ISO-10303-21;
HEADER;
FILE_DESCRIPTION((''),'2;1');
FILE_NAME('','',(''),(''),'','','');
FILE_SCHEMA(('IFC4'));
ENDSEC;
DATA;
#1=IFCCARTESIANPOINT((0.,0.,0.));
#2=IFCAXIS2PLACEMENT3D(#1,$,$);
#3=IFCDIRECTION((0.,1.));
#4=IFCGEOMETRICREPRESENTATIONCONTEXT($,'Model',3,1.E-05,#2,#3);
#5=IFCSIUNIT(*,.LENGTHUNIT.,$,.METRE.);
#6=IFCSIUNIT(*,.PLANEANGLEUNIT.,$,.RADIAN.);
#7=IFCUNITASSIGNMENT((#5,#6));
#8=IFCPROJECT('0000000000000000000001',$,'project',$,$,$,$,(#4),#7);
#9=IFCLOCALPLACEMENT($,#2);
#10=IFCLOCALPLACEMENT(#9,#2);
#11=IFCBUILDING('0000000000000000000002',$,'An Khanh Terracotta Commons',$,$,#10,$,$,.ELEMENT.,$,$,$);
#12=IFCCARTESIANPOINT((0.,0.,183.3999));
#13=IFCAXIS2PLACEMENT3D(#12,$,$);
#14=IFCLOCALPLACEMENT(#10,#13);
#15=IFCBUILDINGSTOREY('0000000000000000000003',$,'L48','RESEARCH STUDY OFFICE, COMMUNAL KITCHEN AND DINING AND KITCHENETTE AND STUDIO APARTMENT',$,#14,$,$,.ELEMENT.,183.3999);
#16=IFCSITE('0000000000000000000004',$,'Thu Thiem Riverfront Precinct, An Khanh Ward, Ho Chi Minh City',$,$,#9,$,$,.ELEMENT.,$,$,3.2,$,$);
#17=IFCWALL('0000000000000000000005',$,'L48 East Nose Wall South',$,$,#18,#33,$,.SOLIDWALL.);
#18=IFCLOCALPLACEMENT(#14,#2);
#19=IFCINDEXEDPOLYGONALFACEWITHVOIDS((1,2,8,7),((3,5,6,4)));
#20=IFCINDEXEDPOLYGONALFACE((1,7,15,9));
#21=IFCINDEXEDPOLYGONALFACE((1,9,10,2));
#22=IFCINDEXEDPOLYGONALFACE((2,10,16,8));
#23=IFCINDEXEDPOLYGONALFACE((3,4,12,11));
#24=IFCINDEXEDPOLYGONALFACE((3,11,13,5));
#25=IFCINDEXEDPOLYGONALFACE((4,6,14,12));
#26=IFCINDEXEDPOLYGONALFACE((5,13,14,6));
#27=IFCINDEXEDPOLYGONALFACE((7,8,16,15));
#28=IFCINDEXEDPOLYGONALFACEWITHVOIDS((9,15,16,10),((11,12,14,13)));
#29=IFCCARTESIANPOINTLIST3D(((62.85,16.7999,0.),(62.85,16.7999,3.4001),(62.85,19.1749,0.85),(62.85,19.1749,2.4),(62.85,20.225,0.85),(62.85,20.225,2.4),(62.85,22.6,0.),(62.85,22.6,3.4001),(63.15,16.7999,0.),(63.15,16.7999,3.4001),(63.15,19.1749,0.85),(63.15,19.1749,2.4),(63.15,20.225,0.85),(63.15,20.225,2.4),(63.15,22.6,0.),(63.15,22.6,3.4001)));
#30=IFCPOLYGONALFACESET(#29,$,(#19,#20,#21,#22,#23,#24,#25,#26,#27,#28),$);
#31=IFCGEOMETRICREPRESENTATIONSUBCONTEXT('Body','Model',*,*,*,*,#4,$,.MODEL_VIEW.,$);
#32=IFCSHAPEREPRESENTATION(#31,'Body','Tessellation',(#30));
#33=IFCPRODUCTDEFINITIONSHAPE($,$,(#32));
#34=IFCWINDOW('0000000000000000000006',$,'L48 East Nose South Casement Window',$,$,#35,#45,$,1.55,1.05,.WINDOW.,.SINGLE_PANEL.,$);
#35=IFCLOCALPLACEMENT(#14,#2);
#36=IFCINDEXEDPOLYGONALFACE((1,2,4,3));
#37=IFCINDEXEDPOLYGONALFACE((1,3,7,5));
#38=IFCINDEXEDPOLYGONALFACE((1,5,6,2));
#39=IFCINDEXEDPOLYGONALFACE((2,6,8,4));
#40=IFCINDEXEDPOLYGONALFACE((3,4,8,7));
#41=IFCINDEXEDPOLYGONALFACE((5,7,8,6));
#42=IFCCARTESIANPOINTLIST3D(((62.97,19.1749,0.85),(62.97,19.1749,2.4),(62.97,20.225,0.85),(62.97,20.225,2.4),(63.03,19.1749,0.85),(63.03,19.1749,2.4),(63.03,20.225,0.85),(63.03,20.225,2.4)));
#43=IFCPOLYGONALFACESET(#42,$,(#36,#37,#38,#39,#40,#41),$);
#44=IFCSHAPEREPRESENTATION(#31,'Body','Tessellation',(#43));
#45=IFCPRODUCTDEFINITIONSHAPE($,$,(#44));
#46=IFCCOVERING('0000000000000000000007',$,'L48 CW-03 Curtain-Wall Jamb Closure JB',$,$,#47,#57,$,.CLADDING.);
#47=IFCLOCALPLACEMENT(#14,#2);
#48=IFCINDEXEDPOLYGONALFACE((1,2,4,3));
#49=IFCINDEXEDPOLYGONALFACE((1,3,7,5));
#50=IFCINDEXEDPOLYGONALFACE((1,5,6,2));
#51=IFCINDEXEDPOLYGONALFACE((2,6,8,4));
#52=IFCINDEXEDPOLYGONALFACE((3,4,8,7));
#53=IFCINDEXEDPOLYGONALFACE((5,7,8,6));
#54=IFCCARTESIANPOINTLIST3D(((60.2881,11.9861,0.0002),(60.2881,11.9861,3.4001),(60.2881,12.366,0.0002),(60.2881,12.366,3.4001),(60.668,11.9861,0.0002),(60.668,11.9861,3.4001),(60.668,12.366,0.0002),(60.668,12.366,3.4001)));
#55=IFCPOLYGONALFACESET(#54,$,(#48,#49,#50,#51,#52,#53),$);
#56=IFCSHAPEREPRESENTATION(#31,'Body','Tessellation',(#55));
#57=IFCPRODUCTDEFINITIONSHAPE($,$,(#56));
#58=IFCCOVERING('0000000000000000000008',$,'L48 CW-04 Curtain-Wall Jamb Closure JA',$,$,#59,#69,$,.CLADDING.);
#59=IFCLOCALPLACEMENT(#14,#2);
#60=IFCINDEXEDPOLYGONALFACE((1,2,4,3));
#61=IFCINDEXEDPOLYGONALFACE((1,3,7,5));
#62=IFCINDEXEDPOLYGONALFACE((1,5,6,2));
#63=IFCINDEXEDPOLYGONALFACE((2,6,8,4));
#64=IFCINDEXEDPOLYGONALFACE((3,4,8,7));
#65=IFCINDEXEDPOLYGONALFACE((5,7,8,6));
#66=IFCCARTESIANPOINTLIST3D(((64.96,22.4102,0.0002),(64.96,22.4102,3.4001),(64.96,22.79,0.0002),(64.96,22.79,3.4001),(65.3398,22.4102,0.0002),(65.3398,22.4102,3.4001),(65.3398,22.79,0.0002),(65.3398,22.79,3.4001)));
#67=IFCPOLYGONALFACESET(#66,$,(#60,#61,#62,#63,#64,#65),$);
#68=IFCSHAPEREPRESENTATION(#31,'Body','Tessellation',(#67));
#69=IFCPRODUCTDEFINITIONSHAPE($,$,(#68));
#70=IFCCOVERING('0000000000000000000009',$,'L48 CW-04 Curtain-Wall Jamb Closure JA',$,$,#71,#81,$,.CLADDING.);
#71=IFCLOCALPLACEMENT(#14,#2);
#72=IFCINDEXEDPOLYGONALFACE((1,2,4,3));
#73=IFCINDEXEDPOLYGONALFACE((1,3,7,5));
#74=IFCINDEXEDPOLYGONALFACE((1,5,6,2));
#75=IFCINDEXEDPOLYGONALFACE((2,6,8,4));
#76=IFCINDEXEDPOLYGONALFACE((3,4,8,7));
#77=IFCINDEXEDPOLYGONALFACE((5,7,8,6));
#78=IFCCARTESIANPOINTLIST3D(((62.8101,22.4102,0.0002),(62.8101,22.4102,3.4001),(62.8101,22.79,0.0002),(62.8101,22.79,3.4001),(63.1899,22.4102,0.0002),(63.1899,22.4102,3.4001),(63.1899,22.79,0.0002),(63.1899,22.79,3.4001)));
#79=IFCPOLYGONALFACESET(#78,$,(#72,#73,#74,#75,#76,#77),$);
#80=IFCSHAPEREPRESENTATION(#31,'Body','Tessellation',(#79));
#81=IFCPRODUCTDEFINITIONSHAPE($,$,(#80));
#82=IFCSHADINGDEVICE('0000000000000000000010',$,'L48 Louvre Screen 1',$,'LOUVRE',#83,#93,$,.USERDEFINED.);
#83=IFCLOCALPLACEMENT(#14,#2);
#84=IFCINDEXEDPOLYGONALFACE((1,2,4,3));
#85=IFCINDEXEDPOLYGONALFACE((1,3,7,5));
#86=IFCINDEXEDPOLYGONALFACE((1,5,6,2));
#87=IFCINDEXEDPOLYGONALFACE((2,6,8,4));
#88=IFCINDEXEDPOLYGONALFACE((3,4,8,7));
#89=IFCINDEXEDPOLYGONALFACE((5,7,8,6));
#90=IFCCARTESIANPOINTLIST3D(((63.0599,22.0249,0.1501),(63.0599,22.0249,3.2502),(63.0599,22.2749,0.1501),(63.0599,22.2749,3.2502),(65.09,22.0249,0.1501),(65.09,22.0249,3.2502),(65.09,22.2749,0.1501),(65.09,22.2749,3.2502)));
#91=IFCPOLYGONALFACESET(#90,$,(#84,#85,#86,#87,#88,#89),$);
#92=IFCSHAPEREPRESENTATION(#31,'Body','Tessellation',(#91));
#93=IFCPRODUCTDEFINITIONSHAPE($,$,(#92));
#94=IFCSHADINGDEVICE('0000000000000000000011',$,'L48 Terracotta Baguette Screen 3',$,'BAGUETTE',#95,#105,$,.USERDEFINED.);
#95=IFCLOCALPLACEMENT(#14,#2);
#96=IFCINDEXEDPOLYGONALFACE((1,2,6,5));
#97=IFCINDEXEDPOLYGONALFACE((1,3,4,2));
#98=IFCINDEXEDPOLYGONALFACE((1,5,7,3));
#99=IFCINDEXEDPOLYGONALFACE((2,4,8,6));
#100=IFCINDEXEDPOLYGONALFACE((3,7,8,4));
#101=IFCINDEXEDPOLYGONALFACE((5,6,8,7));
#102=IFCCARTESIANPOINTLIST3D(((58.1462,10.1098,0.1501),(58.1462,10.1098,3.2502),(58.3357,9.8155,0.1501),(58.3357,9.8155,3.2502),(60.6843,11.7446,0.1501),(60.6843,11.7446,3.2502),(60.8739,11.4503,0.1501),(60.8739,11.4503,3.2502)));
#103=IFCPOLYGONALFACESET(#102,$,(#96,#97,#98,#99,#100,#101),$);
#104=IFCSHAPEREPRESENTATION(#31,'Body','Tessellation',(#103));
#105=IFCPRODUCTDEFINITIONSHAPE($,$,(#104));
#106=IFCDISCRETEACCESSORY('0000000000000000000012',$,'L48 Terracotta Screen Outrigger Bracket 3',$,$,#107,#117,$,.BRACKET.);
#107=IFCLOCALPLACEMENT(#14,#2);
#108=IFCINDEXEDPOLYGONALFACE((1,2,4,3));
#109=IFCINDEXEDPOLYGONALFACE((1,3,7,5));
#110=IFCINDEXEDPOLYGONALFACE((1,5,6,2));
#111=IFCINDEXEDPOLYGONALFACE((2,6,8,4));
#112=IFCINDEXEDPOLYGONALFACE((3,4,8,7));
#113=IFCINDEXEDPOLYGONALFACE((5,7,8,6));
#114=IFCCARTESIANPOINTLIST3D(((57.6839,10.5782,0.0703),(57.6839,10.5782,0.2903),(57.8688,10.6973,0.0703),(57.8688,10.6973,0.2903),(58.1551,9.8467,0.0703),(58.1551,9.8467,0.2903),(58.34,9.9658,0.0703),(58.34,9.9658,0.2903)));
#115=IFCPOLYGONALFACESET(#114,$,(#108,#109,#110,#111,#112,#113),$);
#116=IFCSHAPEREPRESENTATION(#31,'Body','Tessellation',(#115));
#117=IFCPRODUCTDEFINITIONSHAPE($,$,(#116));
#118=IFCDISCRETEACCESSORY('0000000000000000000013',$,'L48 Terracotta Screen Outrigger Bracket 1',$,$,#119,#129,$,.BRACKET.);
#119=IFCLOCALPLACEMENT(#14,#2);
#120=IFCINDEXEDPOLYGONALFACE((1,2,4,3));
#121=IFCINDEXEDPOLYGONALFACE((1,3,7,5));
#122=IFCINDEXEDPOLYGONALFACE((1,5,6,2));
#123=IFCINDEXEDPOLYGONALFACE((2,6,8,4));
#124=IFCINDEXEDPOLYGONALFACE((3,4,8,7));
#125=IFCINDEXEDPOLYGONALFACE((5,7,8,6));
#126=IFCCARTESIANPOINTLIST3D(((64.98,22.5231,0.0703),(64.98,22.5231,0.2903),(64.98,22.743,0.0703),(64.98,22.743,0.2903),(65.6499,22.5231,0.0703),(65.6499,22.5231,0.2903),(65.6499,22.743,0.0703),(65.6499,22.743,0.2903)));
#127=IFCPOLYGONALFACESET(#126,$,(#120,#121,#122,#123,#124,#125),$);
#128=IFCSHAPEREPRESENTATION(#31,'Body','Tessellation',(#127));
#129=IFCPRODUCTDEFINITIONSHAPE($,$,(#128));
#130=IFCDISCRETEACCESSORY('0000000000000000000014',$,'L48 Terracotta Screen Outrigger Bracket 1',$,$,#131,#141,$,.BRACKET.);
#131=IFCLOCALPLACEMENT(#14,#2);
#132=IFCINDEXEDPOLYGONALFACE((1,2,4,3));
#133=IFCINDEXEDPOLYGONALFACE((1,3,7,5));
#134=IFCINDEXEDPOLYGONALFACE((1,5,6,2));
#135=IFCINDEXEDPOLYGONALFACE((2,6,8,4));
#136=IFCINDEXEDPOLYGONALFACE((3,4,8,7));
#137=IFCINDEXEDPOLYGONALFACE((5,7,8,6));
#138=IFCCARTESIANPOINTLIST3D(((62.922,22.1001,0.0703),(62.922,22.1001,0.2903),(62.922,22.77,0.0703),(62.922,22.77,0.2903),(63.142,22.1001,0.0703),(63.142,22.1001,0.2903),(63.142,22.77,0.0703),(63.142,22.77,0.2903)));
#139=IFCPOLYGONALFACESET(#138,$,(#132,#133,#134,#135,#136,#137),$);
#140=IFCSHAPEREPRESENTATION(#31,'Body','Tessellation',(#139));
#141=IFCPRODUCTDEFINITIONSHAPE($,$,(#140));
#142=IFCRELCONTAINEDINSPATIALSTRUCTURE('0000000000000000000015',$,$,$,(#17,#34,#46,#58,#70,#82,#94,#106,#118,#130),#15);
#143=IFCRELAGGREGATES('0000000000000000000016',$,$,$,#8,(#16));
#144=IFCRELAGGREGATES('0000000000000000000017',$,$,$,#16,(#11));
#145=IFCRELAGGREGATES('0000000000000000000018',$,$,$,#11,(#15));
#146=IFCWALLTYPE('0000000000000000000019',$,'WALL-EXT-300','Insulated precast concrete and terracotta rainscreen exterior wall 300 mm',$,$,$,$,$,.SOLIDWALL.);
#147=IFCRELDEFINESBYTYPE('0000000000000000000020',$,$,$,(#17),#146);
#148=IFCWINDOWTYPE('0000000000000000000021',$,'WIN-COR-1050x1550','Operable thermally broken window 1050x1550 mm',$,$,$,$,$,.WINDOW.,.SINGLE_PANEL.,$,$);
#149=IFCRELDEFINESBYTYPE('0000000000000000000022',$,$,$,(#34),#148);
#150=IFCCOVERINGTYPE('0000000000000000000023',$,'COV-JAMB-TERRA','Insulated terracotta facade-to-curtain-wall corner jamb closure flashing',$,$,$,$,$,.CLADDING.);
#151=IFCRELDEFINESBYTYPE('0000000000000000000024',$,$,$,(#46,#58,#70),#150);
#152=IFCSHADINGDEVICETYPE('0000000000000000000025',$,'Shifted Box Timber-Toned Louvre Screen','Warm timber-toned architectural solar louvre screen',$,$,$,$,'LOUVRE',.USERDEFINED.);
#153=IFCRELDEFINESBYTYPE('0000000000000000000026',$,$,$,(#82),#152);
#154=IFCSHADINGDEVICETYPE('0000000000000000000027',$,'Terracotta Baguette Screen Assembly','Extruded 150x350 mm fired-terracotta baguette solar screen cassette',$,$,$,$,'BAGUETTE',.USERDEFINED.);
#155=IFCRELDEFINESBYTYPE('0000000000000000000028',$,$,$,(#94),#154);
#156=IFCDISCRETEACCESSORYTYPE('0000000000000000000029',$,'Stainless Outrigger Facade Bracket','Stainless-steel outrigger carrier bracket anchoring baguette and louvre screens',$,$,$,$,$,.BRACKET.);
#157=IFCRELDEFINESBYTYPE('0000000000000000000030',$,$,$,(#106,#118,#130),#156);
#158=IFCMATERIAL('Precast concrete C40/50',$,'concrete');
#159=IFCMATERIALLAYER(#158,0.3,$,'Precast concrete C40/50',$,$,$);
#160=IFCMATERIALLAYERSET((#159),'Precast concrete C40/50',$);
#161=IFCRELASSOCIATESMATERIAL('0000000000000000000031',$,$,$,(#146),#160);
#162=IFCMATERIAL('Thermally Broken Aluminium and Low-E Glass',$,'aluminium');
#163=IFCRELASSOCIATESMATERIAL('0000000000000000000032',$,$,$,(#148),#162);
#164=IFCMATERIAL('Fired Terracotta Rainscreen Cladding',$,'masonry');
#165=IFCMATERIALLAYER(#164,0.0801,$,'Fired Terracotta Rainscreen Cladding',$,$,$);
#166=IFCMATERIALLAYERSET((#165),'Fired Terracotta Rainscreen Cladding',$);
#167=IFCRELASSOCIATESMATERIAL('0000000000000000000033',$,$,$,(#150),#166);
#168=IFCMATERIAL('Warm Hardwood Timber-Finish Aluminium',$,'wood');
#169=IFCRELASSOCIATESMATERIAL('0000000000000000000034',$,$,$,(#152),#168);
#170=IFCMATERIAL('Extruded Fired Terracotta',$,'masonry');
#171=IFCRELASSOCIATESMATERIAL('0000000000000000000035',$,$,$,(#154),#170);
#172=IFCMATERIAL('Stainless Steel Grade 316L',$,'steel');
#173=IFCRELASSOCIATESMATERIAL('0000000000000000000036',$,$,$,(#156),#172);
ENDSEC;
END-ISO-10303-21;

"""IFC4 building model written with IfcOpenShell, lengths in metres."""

from ifc_helpers import new_model, si_unit, direction, frame, frame_2d, origin, origin_2d, place, context, subcontext, project, spatial, rectangle, extrude, material, layer, layer_set, type_object, element, fill, save


model = new_model("IFC4")

# Units and contexts
model_context = context("Model", 3, precision=1e-05, world=origin(), true_north=direction((0.0, 1.0)))
body_context = subcontext(model_context, "Body", "Model", "MODEL_VIEW")
ifc_project = project(units=[si_unit("LENGTHUNIT", "METRE"), si_unit("PLANEANGLEUNIT", "RADIAN")], contexts=[model_context])

# Site, building, storey
site_placement = place(None, origin())
site = spatial("IfcSite", under=ifc_project, at=site_placement, Name="Thu Thiem Riverfront Precinct, An Khanh Ward, Ho Chi Minh City", CompositionType="ELEMENT", RefElevation=3.2)
building_placement = place(site_placement, origin())
building = spatial("IfcBuilding", under=site, at=building_placement, Name="An Khanh Terracotta Commons", CompositionType="ELEMENT")
storey_placement = place(building_placement, frame((0.0, 0.0, 183.3999)))
storey = spatial("IfcBuildingStorey", under=building, at=storey_placement, Name="L48", Description="RESEARCH STUDY OFFICE, COMMUNAL KITCHEN AND DINING AND KITCHENETTE AND STUDIO APARTMENT", CompositionType="ELEMENT", Elevation=183.3999)

# Shared definitions
ifc_material_1 = material(Name="Precast concrete C40/50", Category="concrete")
ifc_layer_1 = layer(ifc_material_1, 0.3, Name="Precast concrete C40/50")
ifc_layer_set_1 = layer_set([ifc_layer_1], Name="Precast concrete C40/50")
wall_type_1 = type_object("IfcWallType", Name="WALL-EXT-300", Description="Insulated precast concrete and terracotta rainscreen exterior wall 300 mm", PredefinedType="SOLIDWALL", material=ifc_layer_set_1)

# Wall, opening, window
wall_1_placement = place(storey_placement, frame((63.0, 16.8, 0.0), z_axis=(0.0, 0.0, 1.0), x_axis=(0.0, 1.0, 0.0)))
wall_1 = element("IfcWall", 1, at=wall_1_placement, inside=storey, type_object=wall_type_1, Name="L48 East Nose Wall South", PredefinedType="SOLIDWALL", context=body_context, shape_type="SweptSolid", body=[
    extrude(rectangle(XDim=5.8, YDim=0.3, at=frame_2d((2.8999, 0.0))), origin(), (0.0, 0.0, 1.0), 3.4001),
])
opening_1_placement = place(wall_1_placement, frame((2.375, 0.0, 0.8501)))
opening_1 = element("IfcOpeningElement", 2, at=opening_1_placement, cuts=wall_1, PredefinedType="OPENING", context=body_context, shape_type="SweptSolid", body=[
    extrude(rectangle(XDim=1.05, YDim=1.55, at=frame_2d((0.5249, 0.7749))), frame((0.0, 0.1599, 0.0), z_axis=(0.0, -1.0, 0.0), x_axis=(1.0, 0.0, 0.0)), (0.0, 0.0, 1.0), 0.3201),
])
ifc_material_2 = material(Name="Thermally Broken Aluminium and Low-E Glass", Category="aluminium")
window_type = type_object("IfcWindowType", Name="WIN-COR-1050x1550", Description="Operable thermally broken window 1050x1550 mm", PartitioningType="SINGLE_PANEL", PredefinedType="WINDOW", material=ifc_material_2)
window_placement = place(opening_1_placement, origin())
window = element("IfcWindow", 3, at=window_placement, inside=storey, type_object=window_type, Name="L48 East Nose South Casement Window", OverallHeight=1.55, OverallWidth=1.05, PartitioningType="SINGLE_PANEL", PredefinedType="WINDOW", context=body_context, shape_type="SweptSolid", body=[
    extrude(rectangle(XDim=1.05, YDim=1.55, at=frame_2d((0.5249, 0.7749))), frame((0.0, 0.03, 0.0), z_axis=(0.0, -1.0, 0.0), x_axis=(1.0, 0.0, 0.0)), (0.0, 0.0, 1.0), 0.0601),
])
fill(opening_1, window)

# Coverings
ifc_material_3 = material(Name="Fired Terracotta Rainscreen Cladding", Category="masonry")
ifc_layer_2 = layer(ifc_material_3, 0.0801, Name="Fired Terracotta Rainscreen Cladding")
ifc_layer_set_2 = layer_set([ifc_layer_2], Name="Fired Terracotta Rainscreen Cladding")
covering_type = type_object("IfcCoveringType", Name="COV-JAMB-TERRA", Description="Insulated terracotta facade-to-curtain-wall corner jamb closure flashing", PredefinedType="CLADDING", material=ifc_layer_set_2)
for number, where, z_axis, x_axis, name in (
    (4, (60.478, 12.176, 0.0002), (0.0, 0.0, 1.0), (1.0, 0.0, 0.0), "L48 CW-03 Curtain-Wall Jamb Closure JB"),
    (5, (65.1499, 22.6001, 0.0002), (0.0, 0.0, 1.0), (1.0, 0.0, 0.0), "L48 CW-04 Curtain-Wall Jamb Closure JA"),
    (6, (63.0, 22.6001, 0.0002), (0.0, 0.0, 1.0), (1.0, 0.0, 0.0), "L48 CW-04 Curtain-Wall Jamb Closure JA"),
):
    element("IfcCovering", number, at=place(storey_placement, frame(where, z_axis=z_axis, x_axis=x_axis)), inside=storey, type_object=covering_type, Name=name, PredefinedType="CLADDING", context=body_context, shape_type="SweptSolid", body=[
        extrude(rectangle(XDim=0.3799, YDim=0.3799, at=origin_2d()), origin(), (0.0, 0.0, 1.0), 3.3999),
    ])

# Shading devices
ifc_material_4 = material(Name="Warm Hardwood Timber-Finish Aluminium", Category="wood")
shading_device_type_1 = type_object("IfcShadingDeviceType", Name="Shifted Box Timber-Toned Louvre Screen", Description="Warm timber-toned architectural solar louvre screen", ElementType="LOUVRE", PredefinedType="USERDEFINED", material=ifc_material_4)
shading_device_1_placement = place(storey_placement, frame((64.075, 22.1499, 0.1501), z_axis=(0.0, 0.0, 1.0), x_axis=(1.0, 0.0, 0.0)))
element("IfcShadingDevice", 7, at=shading_device_1_placement, inside=storey, type_object=shading_device_type_1, Name="L48 Louvre Screen 1", ObjectType="LOUVRE", PredefinedType="USERDEFINED", context=body_context, shape_type="SweptSolid", body=[
    extrude(rectangle(XDim=2.03, YDim=0.25, at=origin_2d()), origin(), (0.0, 0.0, 1.0), 3.1001),
])
ifc_material_5 = material(Name="Extruded Fired Terracotta", Category="masonry")
shading_device_type_2 = type_object("IfcShadingDeviceType", Name="Terracotta Baguette Screen Assembly", Description="Extruded 150x350 mm fired-terracotta baguette solar screen cassette", ElementType="BAGUETTE", PredefinedType="USERDEFINED", material=ifc_material_5)
shading_device_2_placement = place(storey_placement, frame((59.51, 10.78, 0.1501), z_axis=(0.0, 0.0, 1.0), x_axis=(0.840702, 0.541498, 0.0)))
element("IfcShadingDevice", 8, at=shading_device_2_placement, inside=storey, type_object=shading_device_type_2, Name="L48 Terracotta Baguette Screen 3", ObjectType="BAGUETTE", PredefinedType="USERDEFINED", context=body_context, shape_type="SweptSolid", body=[
    extrude(rectangle(XDim=3.019, YDim=0.3501, at=origin_2d()), origin(), (0.0, 0.0, 1.0), 3.1001),
])

# Discrete accessories
ifc_material_6 = material(Name="Stainless Steel Grade 316L", Category="steel")
discrete_accessory_type = type_object("IfcDiscreteAccessoryType", Name="Stainless Outrigger Facade Bracket", Description="Stainless-steel outrigger carrier bracket anchoring baguette and louvre screens", PredefinedType="BRACKET", material=ifc_material_6)
discrete_accessory_placement = place(storey_placement, frame((58.012, 10.272, 0.0703), z_axis=(0.0, 0.0, 1.0), x_axis=(0.840702, 0.541498, 0.0)))
element("IfcDiscreteAccessory", 9, at=discrete_accessory_placement, inside=storey, type_object=discrete_accessory_type, Name="L48 Terracotta Screen Outrigger Bracket 3", PredefinedType="BRACKET", context=body_context, shape_type="SweptSolid", body=[
    extrude(rectangle(XDim=0.22, YDim=0.8701, at=origin_2d()), origin(), (0.0, 0.0, 1.0), 0.22),
])
for number, where, z_axis, x_axis, name in (
    (10, (65.3149, 22.6331, 0.0703), (0.0, 0.0, 1.0), (0.0, 1.0, 0.0), "L48 Terracotta Screen Outrigger Bracket 1"),
    (11, (63.032, 22.4351, 0.0703), (0.0, 0.0, 1.0), (1.0, 0.0, 0.0), "L48 Terracotta Screen Outrigger Bracket 1"),
):
    element("IfcDiscreteAccessory", number, at=place(storey_placement, frame(where, z_axis=z_axis, x_axis=x_axis)), inside=storey, type_object=discrete_accessory_type, Name=name, PredefinedType="BRACKET", context=body_context, shape_type="SweptSolid", body=[
        extrude(rectangle(XDim=0.22, YDim=0.6699, at=origin_2d()), origin(), (0.0, 0.0, 1.0), 0.22),
    ])

save(model, "model.ifc")
